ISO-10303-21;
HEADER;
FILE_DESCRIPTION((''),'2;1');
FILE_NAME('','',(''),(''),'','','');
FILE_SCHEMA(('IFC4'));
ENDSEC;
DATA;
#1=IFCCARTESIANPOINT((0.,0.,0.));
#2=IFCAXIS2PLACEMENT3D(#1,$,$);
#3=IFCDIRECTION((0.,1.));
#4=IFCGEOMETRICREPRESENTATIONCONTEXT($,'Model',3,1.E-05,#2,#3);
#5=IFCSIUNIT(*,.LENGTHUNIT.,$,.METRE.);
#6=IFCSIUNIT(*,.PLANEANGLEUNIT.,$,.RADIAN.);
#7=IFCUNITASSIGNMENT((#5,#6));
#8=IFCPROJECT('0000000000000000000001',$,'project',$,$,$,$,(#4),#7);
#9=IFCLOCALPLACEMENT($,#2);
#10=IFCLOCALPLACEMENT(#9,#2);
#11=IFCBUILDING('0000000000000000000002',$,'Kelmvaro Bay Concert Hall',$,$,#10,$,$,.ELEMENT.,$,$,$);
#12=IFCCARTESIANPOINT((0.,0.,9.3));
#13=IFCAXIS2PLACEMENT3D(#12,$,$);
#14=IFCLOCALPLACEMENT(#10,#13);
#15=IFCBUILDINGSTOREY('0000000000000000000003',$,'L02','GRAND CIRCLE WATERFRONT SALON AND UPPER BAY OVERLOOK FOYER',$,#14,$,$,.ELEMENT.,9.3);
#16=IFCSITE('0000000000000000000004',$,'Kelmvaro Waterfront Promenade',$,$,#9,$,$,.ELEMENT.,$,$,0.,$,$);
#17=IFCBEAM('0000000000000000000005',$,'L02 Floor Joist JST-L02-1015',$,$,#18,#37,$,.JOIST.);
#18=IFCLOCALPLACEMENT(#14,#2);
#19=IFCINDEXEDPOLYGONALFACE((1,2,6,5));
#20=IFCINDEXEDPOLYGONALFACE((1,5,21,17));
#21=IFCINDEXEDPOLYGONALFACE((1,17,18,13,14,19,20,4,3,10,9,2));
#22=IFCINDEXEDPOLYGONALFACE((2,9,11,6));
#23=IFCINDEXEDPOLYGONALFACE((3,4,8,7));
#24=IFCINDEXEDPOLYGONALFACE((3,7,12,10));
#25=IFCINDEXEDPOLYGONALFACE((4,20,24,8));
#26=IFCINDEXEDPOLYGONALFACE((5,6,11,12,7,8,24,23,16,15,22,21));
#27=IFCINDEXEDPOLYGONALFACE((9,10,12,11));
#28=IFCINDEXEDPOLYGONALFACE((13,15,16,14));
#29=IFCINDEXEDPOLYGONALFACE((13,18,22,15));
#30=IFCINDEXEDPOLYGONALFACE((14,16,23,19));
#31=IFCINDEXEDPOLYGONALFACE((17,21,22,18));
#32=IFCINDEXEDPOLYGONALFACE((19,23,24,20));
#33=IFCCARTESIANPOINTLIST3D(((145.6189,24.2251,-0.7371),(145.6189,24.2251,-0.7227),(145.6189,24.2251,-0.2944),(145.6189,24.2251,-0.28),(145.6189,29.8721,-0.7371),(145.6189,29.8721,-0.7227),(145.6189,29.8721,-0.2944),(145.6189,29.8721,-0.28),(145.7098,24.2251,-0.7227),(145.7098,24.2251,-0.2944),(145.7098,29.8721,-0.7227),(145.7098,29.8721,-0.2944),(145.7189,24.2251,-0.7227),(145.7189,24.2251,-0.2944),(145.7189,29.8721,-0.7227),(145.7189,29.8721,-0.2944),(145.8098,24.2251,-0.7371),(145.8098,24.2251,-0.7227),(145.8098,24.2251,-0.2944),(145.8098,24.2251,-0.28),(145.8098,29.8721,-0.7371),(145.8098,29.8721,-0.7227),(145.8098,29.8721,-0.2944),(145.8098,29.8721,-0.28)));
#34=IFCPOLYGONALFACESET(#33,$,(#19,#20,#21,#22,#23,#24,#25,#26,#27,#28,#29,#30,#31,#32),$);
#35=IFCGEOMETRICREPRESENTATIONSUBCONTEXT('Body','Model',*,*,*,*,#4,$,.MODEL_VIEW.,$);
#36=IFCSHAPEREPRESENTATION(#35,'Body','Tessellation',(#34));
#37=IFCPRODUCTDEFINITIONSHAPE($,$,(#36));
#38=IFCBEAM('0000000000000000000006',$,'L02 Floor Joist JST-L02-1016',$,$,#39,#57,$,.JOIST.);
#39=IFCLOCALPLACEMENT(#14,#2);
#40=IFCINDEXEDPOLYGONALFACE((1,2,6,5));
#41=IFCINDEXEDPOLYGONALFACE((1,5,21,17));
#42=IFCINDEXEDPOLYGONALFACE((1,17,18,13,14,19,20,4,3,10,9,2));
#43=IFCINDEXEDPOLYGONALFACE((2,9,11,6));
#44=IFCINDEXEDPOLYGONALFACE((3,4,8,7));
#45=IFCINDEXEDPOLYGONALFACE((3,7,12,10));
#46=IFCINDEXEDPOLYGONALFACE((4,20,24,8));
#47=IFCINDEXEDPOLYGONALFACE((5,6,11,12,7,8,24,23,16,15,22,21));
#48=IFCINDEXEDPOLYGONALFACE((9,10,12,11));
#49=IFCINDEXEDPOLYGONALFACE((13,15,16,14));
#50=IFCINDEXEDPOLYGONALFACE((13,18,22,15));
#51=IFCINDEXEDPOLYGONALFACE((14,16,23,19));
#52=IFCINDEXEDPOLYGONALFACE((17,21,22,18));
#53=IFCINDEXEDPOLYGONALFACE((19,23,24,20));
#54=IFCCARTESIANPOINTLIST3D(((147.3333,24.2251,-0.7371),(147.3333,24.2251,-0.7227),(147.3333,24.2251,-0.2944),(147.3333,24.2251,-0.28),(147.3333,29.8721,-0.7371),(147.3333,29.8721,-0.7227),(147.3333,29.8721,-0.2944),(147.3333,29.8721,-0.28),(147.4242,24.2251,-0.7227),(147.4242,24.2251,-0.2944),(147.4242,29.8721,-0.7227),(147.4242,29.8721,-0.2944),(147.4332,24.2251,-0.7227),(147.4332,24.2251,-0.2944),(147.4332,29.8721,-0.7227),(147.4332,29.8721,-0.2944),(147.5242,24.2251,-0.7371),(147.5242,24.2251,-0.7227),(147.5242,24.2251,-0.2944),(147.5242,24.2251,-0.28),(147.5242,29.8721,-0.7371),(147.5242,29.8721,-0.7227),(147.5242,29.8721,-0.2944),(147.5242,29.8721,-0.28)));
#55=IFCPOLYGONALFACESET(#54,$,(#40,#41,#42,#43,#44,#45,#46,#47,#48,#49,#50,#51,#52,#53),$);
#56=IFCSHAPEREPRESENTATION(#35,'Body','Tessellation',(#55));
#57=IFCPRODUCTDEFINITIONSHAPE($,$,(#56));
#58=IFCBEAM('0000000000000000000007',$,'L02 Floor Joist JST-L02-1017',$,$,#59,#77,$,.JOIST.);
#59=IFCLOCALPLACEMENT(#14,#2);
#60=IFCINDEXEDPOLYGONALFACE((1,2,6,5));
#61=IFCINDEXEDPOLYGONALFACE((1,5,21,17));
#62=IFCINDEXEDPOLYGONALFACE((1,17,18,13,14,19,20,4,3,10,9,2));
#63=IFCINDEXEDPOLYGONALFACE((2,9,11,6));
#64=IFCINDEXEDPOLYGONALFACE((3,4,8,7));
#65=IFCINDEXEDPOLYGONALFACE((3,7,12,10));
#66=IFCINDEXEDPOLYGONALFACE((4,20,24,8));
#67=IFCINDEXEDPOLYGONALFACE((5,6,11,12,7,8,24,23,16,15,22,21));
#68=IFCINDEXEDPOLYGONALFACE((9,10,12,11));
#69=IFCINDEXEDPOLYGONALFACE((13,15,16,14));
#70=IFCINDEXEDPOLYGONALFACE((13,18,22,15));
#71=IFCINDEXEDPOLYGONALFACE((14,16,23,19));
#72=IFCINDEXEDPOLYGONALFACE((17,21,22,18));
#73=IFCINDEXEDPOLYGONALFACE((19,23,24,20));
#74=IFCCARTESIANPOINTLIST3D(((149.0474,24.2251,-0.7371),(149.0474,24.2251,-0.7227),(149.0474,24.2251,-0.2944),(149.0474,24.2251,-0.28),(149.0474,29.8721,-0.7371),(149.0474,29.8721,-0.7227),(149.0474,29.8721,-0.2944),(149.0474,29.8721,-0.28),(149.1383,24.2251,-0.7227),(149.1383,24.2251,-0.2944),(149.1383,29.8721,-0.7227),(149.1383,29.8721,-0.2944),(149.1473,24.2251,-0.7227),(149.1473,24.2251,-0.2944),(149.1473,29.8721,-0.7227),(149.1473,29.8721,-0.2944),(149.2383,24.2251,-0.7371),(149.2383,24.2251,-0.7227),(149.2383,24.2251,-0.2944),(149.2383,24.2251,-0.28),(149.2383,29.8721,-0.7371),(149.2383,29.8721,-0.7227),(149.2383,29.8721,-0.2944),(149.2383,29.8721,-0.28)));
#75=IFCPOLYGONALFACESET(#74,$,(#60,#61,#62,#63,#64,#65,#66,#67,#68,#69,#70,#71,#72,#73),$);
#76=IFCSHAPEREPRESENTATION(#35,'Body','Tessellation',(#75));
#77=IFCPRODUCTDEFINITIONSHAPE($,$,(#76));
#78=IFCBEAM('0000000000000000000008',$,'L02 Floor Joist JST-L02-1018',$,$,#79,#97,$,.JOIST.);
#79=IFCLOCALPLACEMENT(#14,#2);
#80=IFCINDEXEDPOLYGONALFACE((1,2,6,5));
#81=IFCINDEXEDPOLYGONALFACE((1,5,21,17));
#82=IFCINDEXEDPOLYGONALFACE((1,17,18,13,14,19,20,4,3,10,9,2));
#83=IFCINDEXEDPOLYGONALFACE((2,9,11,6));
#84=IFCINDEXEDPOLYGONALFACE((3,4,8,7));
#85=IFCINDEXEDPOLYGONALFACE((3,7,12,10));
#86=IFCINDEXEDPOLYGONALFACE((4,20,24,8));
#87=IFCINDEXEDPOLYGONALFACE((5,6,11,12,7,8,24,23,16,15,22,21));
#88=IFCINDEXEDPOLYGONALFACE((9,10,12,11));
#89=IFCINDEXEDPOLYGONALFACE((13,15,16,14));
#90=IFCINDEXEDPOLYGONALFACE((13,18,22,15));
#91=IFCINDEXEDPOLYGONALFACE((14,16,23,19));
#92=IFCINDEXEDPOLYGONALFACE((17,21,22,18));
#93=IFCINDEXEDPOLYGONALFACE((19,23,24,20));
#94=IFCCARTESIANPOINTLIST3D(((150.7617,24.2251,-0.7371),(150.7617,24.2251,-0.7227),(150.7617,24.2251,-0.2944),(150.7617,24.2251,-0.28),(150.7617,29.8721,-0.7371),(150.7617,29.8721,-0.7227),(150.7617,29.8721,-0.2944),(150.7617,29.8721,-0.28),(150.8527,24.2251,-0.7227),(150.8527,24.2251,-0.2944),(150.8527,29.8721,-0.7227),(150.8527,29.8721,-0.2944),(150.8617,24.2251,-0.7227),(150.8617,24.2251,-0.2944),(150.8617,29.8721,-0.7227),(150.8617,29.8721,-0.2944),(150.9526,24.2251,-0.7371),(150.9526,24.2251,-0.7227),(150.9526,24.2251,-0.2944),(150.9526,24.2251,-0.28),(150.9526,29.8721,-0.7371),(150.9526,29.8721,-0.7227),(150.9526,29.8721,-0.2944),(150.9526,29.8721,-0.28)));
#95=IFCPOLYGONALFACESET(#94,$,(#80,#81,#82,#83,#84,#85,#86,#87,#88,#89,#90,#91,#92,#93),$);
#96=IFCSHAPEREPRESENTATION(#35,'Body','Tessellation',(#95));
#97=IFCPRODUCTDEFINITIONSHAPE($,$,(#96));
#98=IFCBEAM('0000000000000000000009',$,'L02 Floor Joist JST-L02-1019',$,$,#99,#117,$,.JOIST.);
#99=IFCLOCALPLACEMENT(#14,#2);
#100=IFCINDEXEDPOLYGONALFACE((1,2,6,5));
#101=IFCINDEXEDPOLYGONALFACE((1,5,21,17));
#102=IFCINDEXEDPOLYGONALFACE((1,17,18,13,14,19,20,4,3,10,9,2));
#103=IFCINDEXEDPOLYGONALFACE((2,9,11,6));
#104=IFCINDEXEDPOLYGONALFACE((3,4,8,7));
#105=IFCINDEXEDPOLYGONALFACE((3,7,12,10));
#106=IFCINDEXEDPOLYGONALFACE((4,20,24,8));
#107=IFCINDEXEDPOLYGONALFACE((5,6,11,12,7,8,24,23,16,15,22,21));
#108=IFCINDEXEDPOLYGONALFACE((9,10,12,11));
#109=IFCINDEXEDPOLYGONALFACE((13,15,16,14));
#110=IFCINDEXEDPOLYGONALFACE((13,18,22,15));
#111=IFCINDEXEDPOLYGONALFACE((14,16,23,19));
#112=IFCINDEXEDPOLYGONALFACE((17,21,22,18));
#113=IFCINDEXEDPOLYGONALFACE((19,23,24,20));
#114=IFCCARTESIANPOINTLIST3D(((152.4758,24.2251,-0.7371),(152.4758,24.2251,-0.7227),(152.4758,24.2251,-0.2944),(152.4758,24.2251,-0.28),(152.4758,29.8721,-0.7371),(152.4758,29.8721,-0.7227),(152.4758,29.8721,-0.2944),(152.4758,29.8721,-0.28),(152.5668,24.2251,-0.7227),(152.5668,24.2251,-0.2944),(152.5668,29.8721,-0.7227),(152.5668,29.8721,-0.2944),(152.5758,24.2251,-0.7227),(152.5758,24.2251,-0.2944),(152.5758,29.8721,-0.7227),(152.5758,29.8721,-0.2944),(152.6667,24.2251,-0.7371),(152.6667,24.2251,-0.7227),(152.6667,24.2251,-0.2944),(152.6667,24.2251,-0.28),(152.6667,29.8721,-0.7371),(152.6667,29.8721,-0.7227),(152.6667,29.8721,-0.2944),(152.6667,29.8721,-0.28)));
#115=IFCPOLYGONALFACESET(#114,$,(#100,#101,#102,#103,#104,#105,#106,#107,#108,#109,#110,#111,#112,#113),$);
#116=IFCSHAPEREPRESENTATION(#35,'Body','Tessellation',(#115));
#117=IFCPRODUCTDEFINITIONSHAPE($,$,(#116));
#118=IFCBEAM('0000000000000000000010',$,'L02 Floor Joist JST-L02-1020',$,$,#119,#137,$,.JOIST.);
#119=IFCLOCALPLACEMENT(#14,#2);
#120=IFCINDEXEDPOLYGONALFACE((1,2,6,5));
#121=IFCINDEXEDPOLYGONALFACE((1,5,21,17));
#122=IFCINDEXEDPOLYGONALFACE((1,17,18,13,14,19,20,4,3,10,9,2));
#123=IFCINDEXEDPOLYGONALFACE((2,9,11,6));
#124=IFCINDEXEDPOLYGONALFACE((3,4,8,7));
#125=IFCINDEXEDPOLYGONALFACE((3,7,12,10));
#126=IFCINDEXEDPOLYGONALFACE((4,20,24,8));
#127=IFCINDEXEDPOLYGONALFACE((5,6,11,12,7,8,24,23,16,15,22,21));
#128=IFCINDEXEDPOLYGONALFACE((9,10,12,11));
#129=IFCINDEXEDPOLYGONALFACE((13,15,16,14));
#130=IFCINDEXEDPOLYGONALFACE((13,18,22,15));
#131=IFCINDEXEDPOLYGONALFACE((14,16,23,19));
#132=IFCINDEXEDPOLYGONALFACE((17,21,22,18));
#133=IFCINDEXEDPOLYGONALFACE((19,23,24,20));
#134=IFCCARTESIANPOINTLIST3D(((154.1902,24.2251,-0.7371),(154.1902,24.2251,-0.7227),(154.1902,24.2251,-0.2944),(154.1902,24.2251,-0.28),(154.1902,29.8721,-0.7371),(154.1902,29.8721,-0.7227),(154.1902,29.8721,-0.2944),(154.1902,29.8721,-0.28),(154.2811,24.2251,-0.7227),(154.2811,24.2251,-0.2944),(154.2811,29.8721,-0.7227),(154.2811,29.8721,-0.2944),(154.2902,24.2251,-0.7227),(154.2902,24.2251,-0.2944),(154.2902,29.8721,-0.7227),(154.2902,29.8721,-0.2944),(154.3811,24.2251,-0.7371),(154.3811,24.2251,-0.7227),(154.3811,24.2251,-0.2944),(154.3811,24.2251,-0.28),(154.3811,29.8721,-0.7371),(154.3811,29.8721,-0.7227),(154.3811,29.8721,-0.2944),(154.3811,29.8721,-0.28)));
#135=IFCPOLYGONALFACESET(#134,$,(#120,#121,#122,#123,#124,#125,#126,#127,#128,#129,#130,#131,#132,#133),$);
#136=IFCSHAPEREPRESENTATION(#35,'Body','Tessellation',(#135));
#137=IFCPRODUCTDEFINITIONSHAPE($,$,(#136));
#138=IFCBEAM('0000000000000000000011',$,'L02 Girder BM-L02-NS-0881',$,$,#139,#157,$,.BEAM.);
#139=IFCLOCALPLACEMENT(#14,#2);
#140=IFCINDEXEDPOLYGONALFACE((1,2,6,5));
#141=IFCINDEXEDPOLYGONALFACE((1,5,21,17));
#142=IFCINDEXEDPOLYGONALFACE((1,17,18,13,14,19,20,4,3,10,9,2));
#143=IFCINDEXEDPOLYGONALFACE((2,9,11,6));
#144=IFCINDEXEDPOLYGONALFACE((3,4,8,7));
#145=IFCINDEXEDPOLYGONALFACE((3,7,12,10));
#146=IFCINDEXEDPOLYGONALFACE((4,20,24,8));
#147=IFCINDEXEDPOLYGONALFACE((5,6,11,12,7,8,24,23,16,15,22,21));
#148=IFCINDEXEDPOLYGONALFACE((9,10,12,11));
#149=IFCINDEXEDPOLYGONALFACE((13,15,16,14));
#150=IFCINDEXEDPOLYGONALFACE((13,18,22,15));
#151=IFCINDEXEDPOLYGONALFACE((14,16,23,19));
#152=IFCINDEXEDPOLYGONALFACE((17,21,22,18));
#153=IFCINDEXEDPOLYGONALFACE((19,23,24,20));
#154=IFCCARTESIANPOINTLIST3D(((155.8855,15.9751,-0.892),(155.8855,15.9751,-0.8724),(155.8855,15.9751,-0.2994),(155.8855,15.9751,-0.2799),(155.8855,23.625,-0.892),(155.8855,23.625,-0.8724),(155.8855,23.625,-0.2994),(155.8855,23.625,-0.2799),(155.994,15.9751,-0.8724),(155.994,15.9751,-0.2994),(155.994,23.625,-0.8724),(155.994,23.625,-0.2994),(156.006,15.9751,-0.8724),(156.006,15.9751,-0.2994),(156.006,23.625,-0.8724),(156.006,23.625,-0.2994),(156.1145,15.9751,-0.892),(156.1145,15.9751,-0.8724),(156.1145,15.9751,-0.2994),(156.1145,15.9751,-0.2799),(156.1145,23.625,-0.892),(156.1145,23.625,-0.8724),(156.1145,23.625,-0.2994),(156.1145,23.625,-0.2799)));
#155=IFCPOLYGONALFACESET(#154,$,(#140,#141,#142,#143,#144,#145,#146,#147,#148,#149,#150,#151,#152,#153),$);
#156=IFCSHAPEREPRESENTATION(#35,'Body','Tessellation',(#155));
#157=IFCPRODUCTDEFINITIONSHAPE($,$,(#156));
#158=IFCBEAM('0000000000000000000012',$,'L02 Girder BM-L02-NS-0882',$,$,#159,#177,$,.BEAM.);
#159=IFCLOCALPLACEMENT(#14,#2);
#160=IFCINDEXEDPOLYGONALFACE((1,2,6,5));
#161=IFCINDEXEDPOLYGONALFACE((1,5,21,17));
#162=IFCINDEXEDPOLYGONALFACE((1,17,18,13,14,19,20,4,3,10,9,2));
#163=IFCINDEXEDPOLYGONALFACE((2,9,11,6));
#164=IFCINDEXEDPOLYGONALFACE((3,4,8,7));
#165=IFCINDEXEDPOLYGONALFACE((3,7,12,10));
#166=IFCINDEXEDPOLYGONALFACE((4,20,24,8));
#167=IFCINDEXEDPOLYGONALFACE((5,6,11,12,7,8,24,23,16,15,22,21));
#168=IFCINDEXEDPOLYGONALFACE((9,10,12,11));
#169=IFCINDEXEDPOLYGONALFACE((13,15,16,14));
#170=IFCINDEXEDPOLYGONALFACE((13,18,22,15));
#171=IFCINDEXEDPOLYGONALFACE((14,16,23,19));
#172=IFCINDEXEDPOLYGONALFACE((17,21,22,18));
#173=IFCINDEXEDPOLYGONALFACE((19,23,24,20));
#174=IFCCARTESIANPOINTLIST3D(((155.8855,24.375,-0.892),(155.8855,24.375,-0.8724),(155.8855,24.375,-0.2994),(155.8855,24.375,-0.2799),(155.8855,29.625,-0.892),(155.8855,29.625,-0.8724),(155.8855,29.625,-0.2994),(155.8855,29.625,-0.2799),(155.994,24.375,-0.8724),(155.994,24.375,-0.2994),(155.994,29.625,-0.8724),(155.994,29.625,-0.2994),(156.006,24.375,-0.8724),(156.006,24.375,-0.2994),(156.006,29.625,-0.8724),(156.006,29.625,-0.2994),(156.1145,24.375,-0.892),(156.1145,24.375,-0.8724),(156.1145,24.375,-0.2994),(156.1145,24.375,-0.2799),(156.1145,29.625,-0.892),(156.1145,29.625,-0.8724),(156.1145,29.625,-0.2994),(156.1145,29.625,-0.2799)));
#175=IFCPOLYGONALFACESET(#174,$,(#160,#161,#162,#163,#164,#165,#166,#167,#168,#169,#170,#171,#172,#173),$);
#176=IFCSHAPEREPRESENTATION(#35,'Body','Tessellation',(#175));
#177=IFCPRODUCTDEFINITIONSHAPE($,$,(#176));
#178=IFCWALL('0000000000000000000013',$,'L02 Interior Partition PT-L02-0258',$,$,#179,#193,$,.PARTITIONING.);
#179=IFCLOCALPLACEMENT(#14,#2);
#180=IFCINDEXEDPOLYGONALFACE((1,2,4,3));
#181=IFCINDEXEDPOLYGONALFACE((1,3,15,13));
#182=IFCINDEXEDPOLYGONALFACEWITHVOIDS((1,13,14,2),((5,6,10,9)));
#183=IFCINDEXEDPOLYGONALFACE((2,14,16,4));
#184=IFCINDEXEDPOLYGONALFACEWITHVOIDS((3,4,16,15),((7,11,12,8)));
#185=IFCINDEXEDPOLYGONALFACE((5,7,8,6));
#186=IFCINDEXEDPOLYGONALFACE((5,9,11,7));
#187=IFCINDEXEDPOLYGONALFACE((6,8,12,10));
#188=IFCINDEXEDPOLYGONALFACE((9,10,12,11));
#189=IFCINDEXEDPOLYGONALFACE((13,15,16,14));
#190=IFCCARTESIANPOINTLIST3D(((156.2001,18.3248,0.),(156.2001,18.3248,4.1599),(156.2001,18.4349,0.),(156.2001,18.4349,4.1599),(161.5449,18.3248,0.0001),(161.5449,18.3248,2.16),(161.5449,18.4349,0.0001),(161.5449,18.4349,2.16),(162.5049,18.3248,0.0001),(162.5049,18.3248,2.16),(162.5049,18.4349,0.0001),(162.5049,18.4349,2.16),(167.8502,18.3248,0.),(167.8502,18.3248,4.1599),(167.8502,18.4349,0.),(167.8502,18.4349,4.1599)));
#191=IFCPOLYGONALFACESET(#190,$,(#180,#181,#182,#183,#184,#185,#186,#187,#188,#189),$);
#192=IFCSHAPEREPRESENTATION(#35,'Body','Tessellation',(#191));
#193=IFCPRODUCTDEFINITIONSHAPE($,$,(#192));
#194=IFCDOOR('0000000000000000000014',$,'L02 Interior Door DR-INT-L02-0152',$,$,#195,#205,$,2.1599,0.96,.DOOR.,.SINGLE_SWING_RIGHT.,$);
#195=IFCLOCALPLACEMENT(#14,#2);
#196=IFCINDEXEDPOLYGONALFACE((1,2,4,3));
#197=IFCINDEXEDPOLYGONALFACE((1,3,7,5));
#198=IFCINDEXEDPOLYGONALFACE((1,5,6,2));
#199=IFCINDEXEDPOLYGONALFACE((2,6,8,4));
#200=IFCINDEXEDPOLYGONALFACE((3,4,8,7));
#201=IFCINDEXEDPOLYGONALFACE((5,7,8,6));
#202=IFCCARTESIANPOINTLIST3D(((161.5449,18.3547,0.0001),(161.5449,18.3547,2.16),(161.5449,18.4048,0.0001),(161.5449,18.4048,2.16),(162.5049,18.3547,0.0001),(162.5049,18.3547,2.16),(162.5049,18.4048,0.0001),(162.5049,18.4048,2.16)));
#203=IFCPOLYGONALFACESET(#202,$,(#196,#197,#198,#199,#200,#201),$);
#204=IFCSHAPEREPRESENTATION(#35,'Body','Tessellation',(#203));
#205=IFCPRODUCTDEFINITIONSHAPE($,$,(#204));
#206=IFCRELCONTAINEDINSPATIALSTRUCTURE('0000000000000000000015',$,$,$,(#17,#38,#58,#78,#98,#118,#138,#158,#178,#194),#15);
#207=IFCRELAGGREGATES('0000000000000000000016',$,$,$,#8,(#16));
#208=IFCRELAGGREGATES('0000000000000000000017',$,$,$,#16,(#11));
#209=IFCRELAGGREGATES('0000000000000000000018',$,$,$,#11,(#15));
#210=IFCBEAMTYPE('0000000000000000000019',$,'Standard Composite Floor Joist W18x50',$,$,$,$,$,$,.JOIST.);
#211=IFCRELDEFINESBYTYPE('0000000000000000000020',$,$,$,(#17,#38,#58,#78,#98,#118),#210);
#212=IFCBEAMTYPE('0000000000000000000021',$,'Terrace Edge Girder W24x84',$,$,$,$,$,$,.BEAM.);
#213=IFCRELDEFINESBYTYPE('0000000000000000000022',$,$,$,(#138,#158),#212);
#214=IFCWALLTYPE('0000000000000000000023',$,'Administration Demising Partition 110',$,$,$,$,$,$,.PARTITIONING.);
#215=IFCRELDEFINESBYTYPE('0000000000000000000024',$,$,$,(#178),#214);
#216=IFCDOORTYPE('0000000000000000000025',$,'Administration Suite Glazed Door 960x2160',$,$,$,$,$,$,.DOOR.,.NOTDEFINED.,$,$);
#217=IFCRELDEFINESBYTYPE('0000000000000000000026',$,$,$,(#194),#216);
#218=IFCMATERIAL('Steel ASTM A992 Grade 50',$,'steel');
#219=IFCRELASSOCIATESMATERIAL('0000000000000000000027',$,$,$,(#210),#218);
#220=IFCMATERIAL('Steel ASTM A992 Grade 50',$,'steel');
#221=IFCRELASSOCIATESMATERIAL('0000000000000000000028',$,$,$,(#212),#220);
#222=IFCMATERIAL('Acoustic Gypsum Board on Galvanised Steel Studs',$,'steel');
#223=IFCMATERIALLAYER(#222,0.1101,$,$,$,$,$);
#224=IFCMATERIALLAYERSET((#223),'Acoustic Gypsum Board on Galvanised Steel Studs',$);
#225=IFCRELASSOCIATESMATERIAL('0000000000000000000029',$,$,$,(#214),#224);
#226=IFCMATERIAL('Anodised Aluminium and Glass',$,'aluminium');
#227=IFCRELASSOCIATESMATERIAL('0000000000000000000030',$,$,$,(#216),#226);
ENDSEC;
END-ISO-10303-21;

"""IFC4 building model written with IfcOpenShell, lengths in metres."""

from ifc_helpers import new_model, si_unit, direction, frame, frame_2d, origin, origin_2d, place, context, subcontext, project, spatial, rectangle, i_section, extrude, material, layer, layer_set, material_profile, profile_set, type_object, element, fill, save


model = new_model("IFC4")

# Units and contexts
model_context = context("Model", 3, precision=1e-05, world=origin(), true_north=direction((0.0, 1.0)))
body_context = subcontext(model_context, "Body", "Model", "MODEL_VIEW")
ifc_project = project(units=[si_unit("LENGTHUNIT", "METRE"), si_unit("PLANEANGLEUNIT", "RADIAN")], contexts=[model_context])

# Site, building, storey
site_placement = place(None, origin())
site = spatial("IfcSite", under=ifc_project, at=site_placement, Name="Kelmvaro Waterfront Promenade", CompositionType="ELEMENT", RefElevation=0.0)
building_placement = place(site_placement, origin())
building = spatial("IfcBuilding", under=site, at=building_placement, Name="Kelmvaro Bay Concert Hall", CompositionType="ELEMENT")
storey_placement = place(building_placement, frame((0.0, 0.0, 9.3)))
storey = spatial("IfcBuildingStorey", under=building, at=storey_placement, Name="L02", Description="GRAND CIRCLE WATERFRONT SALON AND UPPER BAY OVERLOOK FOYER", CompositionType="ELEMENT", Elevation=9.3)

# Beams
ifc_material_1 = material(Name="Steel ASTM A992 Grade 50", Category="steel")
ifc_material_profile_1 = material_profile(ifc_material_1, i_section(OverallWidth=0.1909, OverallDepth=0.457, WebThickness=0.009, FlangeThickness=0.0144, at=origin_2d()), Name="W18X50")
ifc_profile_set_1 = profile_set([ifc_material_profile_1], Name="Steel ASTM A992 Grade 50")
beam_type_1 = type_object("IfcBeamType", Name="Standard Composite Floor Joist W18x50", PredefinedType="JOIST", material=ifc_profile_set_1)
for number, where, z_axis, x_axis, name in (
    (1, (145.7144, 24.2251, -0.5085), (0.0, 1.0, 0.0), (-1.0, 0.0, 0.0), "L02 Floor Joist JST-L02-1015"),
    (2, (147.4287, 24.2251, -0.5085), (0.0, 1.0, 0.0), (-1.0, 0.0, 0.0), "L02 Floor Joist JST-L02-1016"),
    (3, (149.1428, 24.2251, -0.5085), (0.0, 1.0, 0.0), (-1.0, 0.0, 0.0), "L02 Floor Joist JST-L02-1017"),
    (4, (150.8572, 24.2251, -0.5085), (0.0, 1.0, 0.0), (-1.0, 0.0, 0.0), "L02 Floor Joist JST-L02-1018"),
    (5, (152.5713, 24.2251, -0.5085), (0.0, 1.0, 0.0), (-1.0, 0.0, 0.0), "L02 Floor Joist JST-L02-1019"),
    (6, (154.2856, 24.2251, -0.5085), (0.0, 1.0, 0.0), (-1.0, 0.0, 0.0), "L02 Floor Joist JST-L02-1020"),
):
    element("IfcBeam", number, at=place(storey_placement, frame(where, z_axis=z_axis, x_axis=x_axis)), inside=storey, type_object=beam_type_1, Name=name, PredefinedType="JOIST", context=body_context, shape_type="SweptSolid", body=[
        extrude(i_section(OverallWidth=0.1909, OverallDepth=0.457, WebThickness=0.009, FlangeThickness=0.0144, at=origin_2d()), origin(), (0.0, 0.0, 1.0), 5.647),
    ])
ifc_material_2 = material(Name="Steel ASTM A992 Grade 50", Category="steel")
ifc_material_profile_2 = material_profile(ifc_material_2, i_section(OverallWidth=0.229, OverallDepth=0.6121, WebThickness=0.012, FlangeThickness=0.0195, at=origin_2d()), Name="W24X84")
ifc_profile_set_2 = profile_set([ifc_material_profile_2], Name="Steel ASTM A992 Grade 50")
beam_type_2 = type_object("IfcBeamType", Name="Terrace Edge Girder W24x84", PredefinedType="BEAM", material=ifc_profile_set_2)
beam_1_placement = place(storey_placement, frame((156.0, 15.9751, -0.5859), z_axis=(0.0, 1.0, 0.0), x_axis=(-1.0, 0.0, 0.0)))
element("IfcBeam", 7, at=beam_1_placement, inside=storey, type_object=beam_type_2, Name="L02 Girder BM-L02-NS-0881", PredefinedType="BEAM", context=body_context, shape_type="SweptSolid", body=[
    extrude(i_section(OverallWidth=0.229, OverallDepth=0.6121, WebThickness=0.012, FlangeThickness=0.0195, at=origin_2d()), origin(), (0.0, 0.0, 1.0), 7.6499),
])
beam_2_placement = place(storey_placement, frame((156.0, 24.375, -0.5859), z_axis=(0.0, 1.0, 0.0), x_axis=(-1.0, 0.0, 0.0)))
element("IfcBeam", 8, at=beam_2_placement, inside=storey, type_object=beam_type_2, Name="L02 Girder BM-L02-NS-0882", PredefinedType="BEAM", context=body_context, shape_type="SweptSolid", body=[
    extrude(i_section(OverallWidth=0.229, OverallDepth=0.6121, WebThickness=0.012, FlangeThickness=0.0195, at=origin_2d()), origin(), (0.0, 0.0, 1.0), 5.25),
])

# Wall, opening, door
ifc_material_3 = material(Name="Acoustic Gypsum Board on Galvanised Steel Studs", Category="steel")
ifc_layer_1 = layer(ifc_material_3, 0.1101)
ifc_layer_set_1 = layer_set([ifc_layer_1], Name="Acoustic Gypsum Board on Galvanised Steel Studs")
wall_type_1 = type_object("IfcWallType", Name="Administration Demising Partition 110", PredefinedType="PARTITIONING", material=ifc_layer_set_1)
wall_1_placement = place(storey_placement, frame((156.2, 18.3799, 0.0), z_axis=(0.0, 0.0, 1.0), x_axis=(1.0, 0.0, 0.0)))
wall_1 = element("IfcWall", 9, at=wall_1_placement, inside=storey, type_object=wall_type_1, Name="L02 Interior Partition PT-L02-0258", PredefinedType="PARTITIONING", context=body_context, shape_type="SweptSolid", body=[
    extrude(rectangle(XDim=11.6501, YDim=0.1101, at=frame_2d((5.8252, 0.0))), origin(), (0.0, 0.0, 1.0), 4.1599),
])
opening_1_placement = place(wall_1_placement, frame((5.345, 0.0, 0.0)))
opening_1 = element("IfcOpeningElement", 10, at=opening_1_placement, cuts=wall_1, PredefinedType="OPENING", context=body_context, shape_type="SweptSolid", body=[
    extrude(rectangle(XDim=0.96, YDim=2.1599, at=frame_2d((0.48, 1.0801))), frame((0.0, 0.0649, 0.0), z_axis=(0.0, -1.0, 0.0), x_axis=(1.0, 0.0, 0.0)), (0.0, 0.0, 1.0), 0.1301),
])
ifc_material_4 = material(Name="Anodised Aluminium and Glass", Category="aluminium")
door_type = type_object("IfcDoorType", Name="Administration Suite Glazed Door 960x2160", OperationType="NOTDEFINED", PredefinedType="DOOR", material=ifc_material_4)
door_1_placement = place(opening_1_placement, origin())
door_1 = element("IfcDoor", 11, at=door_1_placement, inside=storey, type_object=door_type, Name="L02 Interior Door DR-INT-L02-0152", OperationType="SINGLE_SWING_RIGHT", OverallHeight=2.1599, OverallWidth=0.96, PredefinedType="DOOR", context=body_context, shape_type="SweptSolid", body=[
    extrude(rectangle(XDim=0.96, YDim=2.1599, at=frame_2d((0.48, 1.0801))), frame((0.0, 0.0249, 0.0), z_axis=(0.0, -1.0, 0.0), x_axis=(1.0, 0.0, 0.0)), (0.0, 0.0, 1.0), 0.05),
])
fill(opening_1, door_1)

save(model, "model.ifc")
